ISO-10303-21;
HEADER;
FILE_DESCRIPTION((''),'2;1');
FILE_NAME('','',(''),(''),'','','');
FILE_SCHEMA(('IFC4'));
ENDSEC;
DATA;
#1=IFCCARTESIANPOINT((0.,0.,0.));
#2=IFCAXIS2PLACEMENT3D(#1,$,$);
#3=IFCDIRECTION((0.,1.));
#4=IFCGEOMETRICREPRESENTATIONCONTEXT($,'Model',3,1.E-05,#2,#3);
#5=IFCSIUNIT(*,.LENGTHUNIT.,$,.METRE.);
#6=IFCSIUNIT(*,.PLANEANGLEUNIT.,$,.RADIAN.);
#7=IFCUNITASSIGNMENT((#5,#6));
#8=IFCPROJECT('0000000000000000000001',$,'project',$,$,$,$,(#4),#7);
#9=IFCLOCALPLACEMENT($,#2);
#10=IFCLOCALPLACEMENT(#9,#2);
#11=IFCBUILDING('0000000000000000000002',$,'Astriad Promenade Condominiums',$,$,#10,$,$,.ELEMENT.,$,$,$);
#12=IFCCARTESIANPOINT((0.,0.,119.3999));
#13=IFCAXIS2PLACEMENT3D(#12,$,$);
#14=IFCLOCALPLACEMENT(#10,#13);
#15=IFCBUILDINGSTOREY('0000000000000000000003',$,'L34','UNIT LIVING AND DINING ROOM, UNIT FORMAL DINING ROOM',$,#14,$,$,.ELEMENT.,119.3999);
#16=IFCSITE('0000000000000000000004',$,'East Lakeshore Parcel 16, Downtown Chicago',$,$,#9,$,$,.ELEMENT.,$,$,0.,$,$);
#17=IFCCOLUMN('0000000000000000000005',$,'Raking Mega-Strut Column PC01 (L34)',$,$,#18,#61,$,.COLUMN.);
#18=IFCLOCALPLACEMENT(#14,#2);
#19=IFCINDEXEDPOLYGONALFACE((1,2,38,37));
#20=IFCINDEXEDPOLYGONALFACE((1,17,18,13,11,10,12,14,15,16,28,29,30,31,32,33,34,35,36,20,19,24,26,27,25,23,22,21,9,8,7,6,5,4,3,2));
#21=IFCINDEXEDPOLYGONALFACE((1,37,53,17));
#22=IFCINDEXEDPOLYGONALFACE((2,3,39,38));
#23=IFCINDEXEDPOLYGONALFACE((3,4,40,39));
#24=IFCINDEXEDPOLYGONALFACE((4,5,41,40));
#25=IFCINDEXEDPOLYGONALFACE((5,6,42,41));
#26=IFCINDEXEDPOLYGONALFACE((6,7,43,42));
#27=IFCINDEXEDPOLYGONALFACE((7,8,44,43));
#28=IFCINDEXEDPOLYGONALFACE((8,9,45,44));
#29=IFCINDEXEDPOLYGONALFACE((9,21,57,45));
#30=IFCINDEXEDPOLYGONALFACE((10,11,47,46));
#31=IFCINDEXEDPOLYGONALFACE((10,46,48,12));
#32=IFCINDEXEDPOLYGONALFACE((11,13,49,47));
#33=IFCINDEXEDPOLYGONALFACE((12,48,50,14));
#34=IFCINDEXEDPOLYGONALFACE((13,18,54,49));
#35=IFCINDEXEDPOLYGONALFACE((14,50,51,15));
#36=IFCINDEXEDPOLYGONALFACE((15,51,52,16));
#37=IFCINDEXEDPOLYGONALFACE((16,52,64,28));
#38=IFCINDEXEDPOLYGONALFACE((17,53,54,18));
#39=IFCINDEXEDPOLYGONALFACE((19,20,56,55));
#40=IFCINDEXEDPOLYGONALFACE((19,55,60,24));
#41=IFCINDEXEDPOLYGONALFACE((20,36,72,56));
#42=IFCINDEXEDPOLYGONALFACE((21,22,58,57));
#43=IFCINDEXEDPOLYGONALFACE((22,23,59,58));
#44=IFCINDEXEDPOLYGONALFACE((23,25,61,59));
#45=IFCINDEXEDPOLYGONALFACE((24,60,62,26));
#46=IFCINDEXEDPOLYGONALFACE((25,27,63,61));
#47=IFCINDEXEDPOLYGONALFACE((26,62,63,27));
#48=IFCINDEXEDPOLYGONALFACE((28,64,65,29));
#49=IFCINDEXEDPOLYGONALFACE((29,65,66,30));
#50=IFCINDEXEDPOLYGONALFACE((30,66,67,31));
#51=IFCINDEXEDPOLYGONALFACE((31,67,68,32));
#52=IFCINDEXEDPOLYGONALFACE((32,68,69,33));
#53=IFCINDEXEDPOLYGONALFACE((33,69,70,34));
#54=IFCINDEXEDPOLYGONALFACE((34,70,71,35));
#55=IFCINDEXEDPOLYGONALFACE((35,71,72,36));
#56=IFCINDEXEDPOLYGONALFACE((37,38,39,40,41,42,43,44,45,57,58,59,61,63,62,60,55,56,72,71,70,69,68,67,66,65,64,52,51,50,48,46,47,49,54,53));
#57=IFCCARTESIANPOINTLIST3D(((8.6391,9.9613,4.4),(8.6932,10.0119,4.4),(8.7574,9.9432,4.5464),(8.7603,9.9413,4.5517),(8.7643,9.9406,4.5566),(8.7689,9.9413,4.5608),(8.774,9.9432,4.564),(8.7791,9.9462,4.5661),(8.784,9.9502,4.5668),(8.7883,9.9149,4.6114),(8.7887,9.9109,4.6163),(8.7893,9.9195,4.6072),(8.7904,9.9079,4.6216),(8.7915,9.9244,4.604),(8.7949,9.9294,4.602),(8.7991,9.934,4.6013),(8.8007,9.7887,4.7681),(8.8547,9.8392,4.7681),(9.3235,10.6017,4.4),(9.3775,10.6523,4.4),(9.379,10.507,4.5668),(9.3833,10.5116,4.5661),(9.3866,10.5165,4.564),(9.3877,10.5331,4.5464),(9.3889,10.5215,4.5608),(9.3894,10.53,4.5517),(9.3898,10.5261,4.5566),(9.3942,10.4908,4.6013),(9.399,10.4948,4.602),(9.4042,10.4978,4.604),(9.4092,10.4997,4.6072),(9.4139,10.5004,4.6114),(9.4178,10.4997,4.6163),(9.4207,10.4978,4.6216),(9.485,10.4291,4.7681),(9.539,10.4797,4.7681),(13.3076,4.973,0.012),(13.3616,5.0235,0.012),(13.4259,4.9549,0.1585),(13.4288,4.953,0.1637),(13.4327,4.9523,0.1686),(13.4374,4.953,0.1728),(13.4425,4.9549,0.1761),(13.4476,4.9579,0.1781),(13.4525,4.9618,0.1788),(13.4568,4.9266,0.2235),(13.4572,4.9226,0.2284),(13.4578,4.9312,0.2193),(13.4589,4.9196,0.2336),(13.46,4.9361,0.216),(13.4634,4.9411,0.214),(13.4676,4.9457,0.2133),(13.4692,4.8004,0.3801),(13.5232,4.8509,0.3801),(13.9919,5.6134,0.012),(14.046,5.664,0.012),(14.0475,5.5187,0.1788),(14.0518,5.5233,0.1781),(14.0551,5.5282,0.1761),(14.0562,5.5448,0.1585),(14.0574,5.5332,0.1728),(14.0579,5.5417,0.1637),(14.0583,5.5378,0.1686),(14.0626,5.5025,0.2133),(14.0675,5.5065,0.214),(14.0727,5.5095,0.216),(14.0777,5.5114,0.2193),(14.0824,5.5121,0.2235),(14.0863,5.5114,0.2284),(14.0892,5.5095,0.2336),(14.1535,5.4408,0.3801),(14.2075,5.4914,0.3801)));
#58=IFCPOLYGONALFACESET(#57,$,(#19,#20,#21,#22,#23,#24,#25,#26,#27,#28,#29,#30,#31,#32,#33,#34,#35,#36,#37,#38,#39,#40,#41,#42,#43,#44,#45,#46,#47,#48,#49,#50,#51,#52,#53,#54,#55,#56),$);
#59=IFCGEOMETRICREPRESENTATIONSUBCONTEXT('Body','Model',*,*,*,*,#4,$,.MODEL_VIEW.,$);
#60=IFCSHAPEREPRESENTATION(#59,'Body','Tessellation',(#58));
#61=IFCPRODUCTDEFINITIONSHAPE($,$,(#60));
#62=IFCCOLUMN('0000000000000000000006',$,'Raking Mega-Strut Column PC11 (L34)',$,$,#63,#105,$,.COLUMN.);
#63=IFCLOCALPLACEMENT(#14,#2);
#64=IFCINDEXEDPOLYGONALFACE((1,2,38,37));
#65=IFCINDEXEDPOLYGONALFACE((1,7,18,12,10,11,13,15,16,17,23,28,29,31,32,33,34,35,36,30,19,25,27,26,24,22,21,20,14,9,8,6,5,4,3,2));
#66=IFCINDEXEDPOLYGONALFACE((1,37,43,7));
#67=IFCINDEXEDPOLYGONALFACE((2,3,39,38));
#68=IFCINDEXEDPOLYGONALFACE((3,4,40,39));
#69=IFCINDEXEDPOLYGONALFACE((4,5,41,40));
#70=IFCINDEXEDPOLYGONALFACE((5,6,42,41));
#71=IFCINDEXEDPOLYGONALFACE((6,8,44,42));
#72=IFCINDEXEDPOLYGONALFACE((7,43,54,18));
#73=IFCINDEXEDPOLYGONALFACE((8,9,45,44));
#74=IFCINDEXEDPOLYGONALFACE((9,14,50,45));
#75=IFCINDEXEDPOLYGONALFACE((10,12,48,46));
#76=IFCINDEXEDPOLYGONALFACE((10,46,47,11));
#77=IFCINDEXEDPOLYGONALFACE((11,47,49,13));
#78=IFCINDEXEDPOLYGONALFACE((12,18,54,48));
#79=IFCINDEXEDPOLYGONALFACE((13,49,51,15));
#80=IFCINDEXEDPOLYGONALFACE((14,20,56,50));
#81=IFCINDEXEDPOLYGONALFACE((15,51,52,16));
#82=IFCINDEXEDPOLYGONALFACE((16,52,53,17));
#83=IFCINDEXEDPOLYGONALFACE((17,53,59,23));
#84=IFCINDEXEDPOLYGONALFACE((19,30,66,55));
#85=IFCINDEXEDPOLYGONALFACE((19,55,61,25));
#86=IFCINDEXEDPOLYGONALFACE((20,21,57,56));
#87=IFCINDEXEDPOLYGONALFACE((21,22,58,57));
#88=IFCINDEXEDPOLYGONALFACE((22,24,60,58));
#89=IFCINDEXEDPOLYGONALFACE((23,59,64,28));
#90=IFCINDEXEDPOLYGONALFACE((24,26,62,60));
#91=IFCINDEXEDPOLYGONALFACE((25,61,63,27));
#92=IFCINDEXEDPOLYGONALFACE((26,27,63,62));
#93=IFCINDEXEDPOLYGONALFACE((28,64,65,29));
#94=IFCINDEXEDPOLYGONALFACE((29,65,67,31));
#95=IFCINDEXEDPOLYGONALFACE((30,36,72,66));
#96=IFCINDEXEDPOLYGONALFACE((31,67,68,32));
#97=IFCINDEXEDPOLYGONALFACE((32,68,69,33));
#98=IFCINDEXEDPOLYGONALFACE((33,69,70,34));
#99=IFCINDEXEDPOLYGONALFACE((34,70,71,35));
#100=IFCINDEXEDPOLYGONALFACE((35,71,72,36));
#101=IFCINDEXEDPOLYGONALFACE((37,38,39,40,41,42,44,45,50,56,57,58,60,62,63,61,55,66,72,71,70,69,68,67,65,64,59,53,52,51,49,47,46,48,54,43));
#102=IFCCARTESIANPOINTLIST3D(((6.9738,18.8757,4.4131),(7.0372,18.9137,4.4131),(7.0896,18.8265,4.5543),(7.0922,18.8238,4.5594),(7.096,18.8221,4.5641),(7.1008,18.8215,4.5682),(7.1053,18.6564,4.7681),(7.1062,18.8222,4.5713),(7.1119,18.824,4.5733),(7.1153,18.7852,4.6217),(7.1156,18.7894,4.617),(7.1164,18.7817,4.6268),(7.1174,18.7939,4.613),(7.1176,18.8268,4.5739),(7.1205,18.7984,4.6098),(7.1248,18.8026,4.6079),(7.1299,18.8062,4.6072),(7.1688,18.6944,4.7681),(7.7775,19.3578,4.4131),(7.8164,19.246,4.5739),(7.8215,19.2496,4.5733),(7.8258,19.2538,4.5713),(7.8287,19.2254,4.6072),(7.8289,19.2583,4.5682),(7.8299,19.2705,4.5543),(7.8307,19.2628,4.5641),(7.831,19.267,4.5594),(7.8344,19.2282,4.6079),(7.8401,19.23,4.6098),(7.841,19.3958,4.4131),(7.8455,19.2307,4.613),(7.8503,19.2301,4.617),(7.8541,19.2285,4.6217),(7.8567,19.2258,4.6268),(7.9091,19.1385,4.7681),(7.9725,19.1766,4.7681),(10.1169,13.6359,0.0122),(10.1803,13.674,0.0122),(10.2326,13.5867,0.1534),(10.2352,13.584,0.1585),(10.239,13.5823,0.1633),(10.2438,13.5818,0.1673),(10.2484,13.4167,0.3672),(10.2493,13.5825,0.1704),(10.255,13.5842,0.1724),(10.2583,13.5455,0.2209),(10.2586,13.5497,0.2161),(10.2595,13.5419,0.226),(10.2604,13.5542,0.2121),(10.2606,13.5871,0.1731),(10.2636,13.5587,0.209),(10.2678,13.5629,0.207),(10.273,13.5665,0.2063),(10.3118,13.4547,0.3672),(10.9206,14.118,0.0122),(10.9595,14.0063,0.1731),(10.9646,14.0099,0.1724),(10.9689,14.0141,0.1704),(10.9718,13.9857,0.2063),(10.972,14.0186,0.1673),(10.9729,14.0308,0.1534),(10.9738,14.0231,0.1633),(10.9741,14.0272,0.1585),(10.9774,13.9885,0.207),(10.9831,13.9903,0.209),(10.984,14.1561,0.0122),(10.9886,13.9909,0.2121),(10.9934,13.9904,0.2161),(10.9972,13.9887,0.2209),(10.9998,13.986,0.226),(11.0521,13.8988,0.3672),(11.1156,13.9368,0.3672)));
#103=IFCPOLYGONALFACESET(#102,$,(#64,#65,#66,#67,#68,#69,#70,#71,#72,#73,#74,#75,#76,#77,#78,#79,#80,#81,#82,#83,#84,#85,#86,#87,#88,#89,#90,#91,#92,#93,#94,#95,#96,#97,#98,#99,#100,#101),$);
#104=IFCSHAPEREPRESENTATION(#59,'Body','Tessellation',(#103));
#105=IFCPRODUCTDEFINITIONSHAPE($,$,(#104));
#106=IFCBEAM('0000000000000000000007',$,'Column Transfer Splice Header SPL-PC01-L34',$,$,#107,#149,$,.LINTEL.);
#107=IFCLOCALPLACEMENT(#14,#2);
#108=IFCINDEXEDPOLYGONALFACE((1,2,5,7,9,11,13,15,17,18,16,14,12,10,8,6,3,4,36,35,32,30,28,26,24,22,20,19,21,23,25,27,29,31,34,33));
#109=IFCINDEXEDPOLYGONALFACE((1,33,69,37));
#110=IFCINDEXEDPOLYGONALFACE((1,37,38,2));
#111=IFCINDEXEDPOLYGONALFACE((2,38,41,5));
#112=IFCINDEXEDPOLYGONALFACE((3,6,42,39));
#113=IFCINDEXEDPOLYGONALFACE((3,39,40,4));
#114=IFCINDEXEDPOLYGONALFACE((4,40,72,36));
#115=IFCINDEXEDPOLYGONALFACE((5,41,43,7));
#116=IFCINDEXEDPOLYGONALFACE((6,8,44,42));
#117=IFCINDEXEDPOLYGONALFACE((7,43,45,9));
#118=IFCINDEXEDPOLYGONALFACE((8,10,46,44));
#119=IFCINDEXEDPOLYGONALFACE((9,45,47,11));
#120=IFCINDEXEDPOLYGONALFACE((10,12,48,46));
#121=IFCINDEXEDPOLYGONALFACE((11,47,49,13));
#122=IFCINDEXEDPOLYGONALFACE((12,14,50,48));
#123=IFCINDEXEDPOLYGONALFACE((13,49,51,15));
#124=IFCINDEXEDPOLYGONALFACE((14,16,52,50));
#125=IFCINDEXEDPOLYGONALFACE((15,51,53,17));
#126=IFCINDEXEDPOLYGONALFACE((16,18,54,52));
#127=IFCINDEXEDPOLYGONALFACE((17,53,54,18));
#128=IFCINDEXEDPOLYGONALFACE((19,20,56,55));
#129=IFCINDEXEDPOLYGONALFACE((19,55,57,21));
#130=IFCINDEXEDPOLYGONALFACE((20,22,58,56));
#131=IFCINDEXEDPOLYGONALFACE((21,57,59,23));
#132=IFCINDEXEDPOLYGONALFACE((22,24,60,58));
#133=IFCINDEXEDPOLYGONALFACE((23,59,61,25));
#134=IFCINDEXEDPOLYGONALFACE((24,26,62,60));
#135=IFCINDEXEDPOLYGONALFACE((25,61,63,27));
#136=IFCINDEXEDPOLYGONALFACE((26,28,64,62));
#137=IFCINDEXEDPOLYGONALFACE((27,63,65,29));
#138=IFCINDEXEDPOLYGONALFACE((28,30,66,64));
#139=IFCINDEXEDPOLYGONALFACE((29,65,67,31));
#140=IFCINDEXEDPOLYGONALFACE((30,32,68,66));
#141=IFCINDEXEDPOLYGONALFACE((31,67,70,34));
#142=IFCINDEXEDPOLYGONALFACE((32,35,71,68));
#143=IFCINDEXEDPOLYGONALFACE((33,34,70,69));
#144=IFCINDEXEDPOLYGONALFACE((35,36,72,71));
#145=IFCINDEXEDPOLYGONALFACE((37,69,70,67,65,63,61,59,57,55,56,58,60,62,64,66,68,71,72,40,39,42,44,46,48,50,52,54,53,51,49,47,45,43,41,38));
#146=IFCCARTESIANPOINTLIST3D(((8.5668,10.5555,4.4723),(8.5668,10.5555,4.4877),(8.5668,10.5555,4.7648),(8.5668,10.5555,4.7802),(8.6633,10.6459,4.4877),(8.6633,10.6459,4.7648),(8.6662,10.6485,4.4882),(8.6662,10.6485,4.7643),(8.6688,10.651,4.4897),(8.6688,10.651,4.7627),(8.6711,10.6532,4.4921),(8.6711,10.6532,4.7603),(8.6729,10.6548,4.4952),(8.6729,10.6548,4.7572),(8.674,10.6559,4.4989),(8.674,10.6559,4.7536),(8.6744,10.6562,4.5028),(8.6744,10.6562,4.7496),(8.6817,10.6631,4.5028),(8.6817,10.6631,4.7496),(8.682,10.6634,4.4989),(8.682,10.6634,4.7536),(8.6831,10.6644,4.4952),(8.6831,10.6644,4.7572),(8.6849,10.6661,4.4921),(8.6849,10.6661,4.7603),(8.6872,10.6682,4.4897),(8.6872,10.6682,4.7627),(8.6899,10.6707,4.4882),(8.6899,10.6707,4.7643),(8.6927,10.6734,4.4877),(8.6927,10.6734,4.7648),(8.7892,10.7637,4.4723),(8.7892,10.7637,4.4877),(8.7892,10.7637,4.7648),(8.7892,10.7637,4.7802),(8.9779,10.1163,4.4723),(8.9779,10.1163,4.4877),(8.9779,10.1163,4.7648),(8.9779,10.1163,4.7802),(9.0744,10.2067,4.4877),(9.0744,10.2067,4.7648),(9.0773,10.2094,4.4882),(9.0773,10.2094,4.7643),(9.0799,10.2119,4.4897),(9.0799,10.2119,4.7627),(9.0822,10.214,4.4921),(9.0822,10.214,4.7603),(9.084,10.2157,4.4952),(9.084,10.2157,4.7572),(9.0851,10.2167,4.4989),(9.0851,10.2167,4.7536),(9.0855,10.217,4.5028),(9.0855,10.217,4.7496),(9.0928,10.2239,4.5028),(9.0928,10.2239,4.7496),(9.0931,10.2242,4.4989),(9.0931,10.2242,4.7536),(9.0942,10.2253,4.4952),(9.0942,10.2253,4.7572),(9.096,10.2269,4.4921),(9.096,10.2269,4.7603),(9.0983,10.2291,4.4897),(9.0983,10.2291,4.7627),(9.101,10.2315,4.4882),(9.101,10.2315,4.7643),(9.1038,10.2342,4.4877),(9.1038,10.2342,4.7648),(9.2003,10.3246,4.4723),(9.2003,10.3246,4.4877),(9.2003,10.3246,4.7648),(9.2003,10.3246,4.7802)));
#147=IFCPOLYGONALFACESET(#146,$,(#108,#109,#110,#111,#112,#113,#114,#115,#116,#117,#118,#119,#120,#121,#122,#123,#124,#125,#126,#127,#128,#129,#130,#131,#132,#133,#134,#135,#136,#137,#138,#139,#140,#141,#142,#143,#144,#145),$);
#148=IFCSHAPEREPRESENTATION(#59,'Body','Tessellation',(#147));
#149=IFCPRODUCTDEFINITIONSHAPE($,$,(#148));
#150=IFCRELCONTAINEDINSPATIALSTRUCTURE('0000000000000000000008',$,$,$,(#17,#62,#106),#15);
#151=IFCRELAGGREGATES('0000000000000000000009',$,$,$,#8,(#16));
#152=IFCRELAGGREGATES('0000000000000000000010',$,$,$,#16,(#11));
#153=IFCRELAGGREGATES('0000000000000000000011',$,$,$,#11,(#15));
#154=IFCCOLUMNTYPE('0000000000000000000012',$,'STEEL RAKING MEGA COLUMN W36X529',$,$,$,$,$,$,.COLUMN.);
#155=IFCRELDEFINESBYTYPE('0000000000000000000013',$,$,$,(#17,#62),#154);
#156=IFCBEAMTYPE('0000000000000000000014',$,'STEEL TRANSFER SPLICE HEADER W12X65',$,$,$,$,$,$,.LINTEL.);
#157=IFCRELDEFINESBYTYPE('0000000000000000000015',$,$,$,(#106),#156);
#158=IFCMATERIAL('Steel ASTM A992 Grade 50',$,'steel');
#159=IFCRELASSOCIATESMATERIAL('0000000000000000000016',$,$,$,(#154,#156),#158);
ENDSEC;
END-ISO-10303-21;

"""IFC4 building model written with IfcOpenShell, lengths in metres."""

from ifc_helpers import new_model, si_unit, direction, frame, origin, origin_2d, place, context, subcontext, project, spatial, i_section, extrude, source, transform, mapped, material, material_profile, profile_set, type_object, type_shapes, element, save


model = new_model("IFC4")

# Units and contexts
model_context = context("Model", 3, precision=1e-05, world=origin(), true_north=direction((0.0, 1.0)))
body_context = subcontext(model_context, "Body", "Model", "MODEL_VIEW")
ifc_project = project(units=[si_unit("LENGTHUNIT", "METRE"), si_unit("PLANEANGLEUNIT", "RADIAN")], contexts=[model_context])

# Site, building, storey
site_placement = place(None, origin())
site = spatial("IfcSite", under=ifc_project, at=site_placement, Name="East Lakeshore Parcel 16, Downtown Chicago", CompositionType="ELEMENT", RefElevation=0.0)
building_placement = place(site_placement, origin())
building = spatial("IfcBuilding", under=site, at=building_placement, Name="Astriad Promenade Condominiums", CompositionType="ELEMENT")
storey_placement = place(building_placement, frame((0.0, 0.0, 119.3999)))
storey = spatial("IfcBuildingStorey", under=building, at=storey_placement, Name="L34", Description="UNIT LIVING AND DINING ROOM, UNIT FORMAL DINING ROOM", CompositionType="ELEMENT", Elevation=119.3999)

# Columns
ifc_material_1 = material(Name="Steel ASTM A992 Grade 50", Category="steel")
ifc_material_profile_1 = material_profile(ifc_material_1, i_section(OverallWidth=0.4375, OverallDepth=1.0112, WebThickness=0.041, FlangeThickness=0.074, FilletRadius=0.0242, at=origin_2d()), Name="W36X529")
ifc_profile_set_1 = profile_set([ifc_material_profile_1], Name="Steel ASTM A992 Grade 50")
column_type = type_object("IfcColumnType", Name="STEEL RAKING MEGA COLUMN W36X529", PredefinedType="COLUMN", material=ifc_profile_set_1)
shared_shape_1 = source(origin(), body_context, "Body", "SweptSolid", [
    extrude(i_section(OverallWidth=0.4375, OverallDepth=1.0112, WebThickness=0.041, FlangeThickness=0.074, FilletRadius=0.0242, at=origin_2d()), origin(), (0.0, 0.0, 1.0), 8.1199),
])
column_1_placement = place(storey_placement, frame((13.7576, 5.2322, 0.196), z_axis=(-0.574946, 0.614334, 0.540399), x_axis=(0.369262, -0.394559, 0.841409)))
element("IfcColumn", 1, at=column_1_placement, inside=storey, type_object=column_type, Name="Raking Mega-Strut Column PC01 (L34)", PredefinedType="COLUMN", context=body_context, shape_type="MappedRepresentation", body=[
    mapped(shared_shape_1, transform((0.0, 0.0, 0.0), scale=1.0)),
])
shared_shape_2 = source(origin(), body_context, "Body", "SweptSolid", [
    extrude(i_section(OverallWidth=0.4375, OverallDepth=1.0112, WebThickness=0.041, FlangeThickness=0.074, FilletRadius=0.0242, at=origin_2d()), origin(), (0.0, 0.0, 1.0), 7.53),
])
type_shapes(column_type, [shared_shape_1, shared_shape_2])
column_2_placement = place(storey_placement, frame((10.6162, 13.7864, 0.1897), z_axis=(-0.417404, 0.695845, 0.584443), x_axis=(0.300638, -0.501189, 0.811435)))
element("IfcColumn", 2, at=column_2_placement, inside=storey, type_object=column_type, Name="Raking Mega-Strut Column PC11 (L34)", PredefinedType="COLUMN", context=body_context, shape_type="MappedRepresentation", body=[
    mapped(shared_shape_2, transform((0.0, 0.0, 0.0), scale=1.0)),
])

# Beam
ifc_material_profile_2 = material_profile(ifc_material_1, i_section(OverallWidth=0.3047, OverallDepth=0.3079, WebThickness=0.01, FlangeThickness=0.0154, FilletRadius=0.0151, at=origin_2d()), Name="W12X65")
ifc_profile_set_2 = profile_set([ifc_material_profile_2], Name="Steel ASTM A992 Grade 50")
beam_type_1 = type_object("IfcBeamType", Name="STEEL TRANSFER SPLICE HEADER W12X65", PredefinedType="LINTEL", material=ifc_profile_set_2)
shared_shape_3 = source(origin(), body_context, "Body", "SweptSolid", [
    extrude(i_section(OverallWidth=0.3047, OverallDepth=0.3079, WebThickness=0.01, FlangeThickness=0.0154, FilletRadius=0.0151, at=origin_2d()), origin(), (0.0, 0.0, 1.0), 0.6016),
])
type_shapes(beam_type_1, [shared_shape_3])
beam_1_placement = place(storey_placement, frame((9.0891, 10.2205, 4.6262), z_axis=(-0.683387, 0.730056, 0.0), x_axis=(-0.730056, -0.683387, 0.0)))
element("IfcBeam", 3, at=beam_1_placement, inside=storey, type_object=beam_type_1, Name="Column Transfer Splice Header SPL-PC01-L34", PredefinedType="LINTEL", context=body_context, shape_type="MappedRepresentation", body=[
    mapped(shared_shape_3, transform((0.0, 0.0, 0.0), scale=1.0)),
])

save(model, "model.ifc")
